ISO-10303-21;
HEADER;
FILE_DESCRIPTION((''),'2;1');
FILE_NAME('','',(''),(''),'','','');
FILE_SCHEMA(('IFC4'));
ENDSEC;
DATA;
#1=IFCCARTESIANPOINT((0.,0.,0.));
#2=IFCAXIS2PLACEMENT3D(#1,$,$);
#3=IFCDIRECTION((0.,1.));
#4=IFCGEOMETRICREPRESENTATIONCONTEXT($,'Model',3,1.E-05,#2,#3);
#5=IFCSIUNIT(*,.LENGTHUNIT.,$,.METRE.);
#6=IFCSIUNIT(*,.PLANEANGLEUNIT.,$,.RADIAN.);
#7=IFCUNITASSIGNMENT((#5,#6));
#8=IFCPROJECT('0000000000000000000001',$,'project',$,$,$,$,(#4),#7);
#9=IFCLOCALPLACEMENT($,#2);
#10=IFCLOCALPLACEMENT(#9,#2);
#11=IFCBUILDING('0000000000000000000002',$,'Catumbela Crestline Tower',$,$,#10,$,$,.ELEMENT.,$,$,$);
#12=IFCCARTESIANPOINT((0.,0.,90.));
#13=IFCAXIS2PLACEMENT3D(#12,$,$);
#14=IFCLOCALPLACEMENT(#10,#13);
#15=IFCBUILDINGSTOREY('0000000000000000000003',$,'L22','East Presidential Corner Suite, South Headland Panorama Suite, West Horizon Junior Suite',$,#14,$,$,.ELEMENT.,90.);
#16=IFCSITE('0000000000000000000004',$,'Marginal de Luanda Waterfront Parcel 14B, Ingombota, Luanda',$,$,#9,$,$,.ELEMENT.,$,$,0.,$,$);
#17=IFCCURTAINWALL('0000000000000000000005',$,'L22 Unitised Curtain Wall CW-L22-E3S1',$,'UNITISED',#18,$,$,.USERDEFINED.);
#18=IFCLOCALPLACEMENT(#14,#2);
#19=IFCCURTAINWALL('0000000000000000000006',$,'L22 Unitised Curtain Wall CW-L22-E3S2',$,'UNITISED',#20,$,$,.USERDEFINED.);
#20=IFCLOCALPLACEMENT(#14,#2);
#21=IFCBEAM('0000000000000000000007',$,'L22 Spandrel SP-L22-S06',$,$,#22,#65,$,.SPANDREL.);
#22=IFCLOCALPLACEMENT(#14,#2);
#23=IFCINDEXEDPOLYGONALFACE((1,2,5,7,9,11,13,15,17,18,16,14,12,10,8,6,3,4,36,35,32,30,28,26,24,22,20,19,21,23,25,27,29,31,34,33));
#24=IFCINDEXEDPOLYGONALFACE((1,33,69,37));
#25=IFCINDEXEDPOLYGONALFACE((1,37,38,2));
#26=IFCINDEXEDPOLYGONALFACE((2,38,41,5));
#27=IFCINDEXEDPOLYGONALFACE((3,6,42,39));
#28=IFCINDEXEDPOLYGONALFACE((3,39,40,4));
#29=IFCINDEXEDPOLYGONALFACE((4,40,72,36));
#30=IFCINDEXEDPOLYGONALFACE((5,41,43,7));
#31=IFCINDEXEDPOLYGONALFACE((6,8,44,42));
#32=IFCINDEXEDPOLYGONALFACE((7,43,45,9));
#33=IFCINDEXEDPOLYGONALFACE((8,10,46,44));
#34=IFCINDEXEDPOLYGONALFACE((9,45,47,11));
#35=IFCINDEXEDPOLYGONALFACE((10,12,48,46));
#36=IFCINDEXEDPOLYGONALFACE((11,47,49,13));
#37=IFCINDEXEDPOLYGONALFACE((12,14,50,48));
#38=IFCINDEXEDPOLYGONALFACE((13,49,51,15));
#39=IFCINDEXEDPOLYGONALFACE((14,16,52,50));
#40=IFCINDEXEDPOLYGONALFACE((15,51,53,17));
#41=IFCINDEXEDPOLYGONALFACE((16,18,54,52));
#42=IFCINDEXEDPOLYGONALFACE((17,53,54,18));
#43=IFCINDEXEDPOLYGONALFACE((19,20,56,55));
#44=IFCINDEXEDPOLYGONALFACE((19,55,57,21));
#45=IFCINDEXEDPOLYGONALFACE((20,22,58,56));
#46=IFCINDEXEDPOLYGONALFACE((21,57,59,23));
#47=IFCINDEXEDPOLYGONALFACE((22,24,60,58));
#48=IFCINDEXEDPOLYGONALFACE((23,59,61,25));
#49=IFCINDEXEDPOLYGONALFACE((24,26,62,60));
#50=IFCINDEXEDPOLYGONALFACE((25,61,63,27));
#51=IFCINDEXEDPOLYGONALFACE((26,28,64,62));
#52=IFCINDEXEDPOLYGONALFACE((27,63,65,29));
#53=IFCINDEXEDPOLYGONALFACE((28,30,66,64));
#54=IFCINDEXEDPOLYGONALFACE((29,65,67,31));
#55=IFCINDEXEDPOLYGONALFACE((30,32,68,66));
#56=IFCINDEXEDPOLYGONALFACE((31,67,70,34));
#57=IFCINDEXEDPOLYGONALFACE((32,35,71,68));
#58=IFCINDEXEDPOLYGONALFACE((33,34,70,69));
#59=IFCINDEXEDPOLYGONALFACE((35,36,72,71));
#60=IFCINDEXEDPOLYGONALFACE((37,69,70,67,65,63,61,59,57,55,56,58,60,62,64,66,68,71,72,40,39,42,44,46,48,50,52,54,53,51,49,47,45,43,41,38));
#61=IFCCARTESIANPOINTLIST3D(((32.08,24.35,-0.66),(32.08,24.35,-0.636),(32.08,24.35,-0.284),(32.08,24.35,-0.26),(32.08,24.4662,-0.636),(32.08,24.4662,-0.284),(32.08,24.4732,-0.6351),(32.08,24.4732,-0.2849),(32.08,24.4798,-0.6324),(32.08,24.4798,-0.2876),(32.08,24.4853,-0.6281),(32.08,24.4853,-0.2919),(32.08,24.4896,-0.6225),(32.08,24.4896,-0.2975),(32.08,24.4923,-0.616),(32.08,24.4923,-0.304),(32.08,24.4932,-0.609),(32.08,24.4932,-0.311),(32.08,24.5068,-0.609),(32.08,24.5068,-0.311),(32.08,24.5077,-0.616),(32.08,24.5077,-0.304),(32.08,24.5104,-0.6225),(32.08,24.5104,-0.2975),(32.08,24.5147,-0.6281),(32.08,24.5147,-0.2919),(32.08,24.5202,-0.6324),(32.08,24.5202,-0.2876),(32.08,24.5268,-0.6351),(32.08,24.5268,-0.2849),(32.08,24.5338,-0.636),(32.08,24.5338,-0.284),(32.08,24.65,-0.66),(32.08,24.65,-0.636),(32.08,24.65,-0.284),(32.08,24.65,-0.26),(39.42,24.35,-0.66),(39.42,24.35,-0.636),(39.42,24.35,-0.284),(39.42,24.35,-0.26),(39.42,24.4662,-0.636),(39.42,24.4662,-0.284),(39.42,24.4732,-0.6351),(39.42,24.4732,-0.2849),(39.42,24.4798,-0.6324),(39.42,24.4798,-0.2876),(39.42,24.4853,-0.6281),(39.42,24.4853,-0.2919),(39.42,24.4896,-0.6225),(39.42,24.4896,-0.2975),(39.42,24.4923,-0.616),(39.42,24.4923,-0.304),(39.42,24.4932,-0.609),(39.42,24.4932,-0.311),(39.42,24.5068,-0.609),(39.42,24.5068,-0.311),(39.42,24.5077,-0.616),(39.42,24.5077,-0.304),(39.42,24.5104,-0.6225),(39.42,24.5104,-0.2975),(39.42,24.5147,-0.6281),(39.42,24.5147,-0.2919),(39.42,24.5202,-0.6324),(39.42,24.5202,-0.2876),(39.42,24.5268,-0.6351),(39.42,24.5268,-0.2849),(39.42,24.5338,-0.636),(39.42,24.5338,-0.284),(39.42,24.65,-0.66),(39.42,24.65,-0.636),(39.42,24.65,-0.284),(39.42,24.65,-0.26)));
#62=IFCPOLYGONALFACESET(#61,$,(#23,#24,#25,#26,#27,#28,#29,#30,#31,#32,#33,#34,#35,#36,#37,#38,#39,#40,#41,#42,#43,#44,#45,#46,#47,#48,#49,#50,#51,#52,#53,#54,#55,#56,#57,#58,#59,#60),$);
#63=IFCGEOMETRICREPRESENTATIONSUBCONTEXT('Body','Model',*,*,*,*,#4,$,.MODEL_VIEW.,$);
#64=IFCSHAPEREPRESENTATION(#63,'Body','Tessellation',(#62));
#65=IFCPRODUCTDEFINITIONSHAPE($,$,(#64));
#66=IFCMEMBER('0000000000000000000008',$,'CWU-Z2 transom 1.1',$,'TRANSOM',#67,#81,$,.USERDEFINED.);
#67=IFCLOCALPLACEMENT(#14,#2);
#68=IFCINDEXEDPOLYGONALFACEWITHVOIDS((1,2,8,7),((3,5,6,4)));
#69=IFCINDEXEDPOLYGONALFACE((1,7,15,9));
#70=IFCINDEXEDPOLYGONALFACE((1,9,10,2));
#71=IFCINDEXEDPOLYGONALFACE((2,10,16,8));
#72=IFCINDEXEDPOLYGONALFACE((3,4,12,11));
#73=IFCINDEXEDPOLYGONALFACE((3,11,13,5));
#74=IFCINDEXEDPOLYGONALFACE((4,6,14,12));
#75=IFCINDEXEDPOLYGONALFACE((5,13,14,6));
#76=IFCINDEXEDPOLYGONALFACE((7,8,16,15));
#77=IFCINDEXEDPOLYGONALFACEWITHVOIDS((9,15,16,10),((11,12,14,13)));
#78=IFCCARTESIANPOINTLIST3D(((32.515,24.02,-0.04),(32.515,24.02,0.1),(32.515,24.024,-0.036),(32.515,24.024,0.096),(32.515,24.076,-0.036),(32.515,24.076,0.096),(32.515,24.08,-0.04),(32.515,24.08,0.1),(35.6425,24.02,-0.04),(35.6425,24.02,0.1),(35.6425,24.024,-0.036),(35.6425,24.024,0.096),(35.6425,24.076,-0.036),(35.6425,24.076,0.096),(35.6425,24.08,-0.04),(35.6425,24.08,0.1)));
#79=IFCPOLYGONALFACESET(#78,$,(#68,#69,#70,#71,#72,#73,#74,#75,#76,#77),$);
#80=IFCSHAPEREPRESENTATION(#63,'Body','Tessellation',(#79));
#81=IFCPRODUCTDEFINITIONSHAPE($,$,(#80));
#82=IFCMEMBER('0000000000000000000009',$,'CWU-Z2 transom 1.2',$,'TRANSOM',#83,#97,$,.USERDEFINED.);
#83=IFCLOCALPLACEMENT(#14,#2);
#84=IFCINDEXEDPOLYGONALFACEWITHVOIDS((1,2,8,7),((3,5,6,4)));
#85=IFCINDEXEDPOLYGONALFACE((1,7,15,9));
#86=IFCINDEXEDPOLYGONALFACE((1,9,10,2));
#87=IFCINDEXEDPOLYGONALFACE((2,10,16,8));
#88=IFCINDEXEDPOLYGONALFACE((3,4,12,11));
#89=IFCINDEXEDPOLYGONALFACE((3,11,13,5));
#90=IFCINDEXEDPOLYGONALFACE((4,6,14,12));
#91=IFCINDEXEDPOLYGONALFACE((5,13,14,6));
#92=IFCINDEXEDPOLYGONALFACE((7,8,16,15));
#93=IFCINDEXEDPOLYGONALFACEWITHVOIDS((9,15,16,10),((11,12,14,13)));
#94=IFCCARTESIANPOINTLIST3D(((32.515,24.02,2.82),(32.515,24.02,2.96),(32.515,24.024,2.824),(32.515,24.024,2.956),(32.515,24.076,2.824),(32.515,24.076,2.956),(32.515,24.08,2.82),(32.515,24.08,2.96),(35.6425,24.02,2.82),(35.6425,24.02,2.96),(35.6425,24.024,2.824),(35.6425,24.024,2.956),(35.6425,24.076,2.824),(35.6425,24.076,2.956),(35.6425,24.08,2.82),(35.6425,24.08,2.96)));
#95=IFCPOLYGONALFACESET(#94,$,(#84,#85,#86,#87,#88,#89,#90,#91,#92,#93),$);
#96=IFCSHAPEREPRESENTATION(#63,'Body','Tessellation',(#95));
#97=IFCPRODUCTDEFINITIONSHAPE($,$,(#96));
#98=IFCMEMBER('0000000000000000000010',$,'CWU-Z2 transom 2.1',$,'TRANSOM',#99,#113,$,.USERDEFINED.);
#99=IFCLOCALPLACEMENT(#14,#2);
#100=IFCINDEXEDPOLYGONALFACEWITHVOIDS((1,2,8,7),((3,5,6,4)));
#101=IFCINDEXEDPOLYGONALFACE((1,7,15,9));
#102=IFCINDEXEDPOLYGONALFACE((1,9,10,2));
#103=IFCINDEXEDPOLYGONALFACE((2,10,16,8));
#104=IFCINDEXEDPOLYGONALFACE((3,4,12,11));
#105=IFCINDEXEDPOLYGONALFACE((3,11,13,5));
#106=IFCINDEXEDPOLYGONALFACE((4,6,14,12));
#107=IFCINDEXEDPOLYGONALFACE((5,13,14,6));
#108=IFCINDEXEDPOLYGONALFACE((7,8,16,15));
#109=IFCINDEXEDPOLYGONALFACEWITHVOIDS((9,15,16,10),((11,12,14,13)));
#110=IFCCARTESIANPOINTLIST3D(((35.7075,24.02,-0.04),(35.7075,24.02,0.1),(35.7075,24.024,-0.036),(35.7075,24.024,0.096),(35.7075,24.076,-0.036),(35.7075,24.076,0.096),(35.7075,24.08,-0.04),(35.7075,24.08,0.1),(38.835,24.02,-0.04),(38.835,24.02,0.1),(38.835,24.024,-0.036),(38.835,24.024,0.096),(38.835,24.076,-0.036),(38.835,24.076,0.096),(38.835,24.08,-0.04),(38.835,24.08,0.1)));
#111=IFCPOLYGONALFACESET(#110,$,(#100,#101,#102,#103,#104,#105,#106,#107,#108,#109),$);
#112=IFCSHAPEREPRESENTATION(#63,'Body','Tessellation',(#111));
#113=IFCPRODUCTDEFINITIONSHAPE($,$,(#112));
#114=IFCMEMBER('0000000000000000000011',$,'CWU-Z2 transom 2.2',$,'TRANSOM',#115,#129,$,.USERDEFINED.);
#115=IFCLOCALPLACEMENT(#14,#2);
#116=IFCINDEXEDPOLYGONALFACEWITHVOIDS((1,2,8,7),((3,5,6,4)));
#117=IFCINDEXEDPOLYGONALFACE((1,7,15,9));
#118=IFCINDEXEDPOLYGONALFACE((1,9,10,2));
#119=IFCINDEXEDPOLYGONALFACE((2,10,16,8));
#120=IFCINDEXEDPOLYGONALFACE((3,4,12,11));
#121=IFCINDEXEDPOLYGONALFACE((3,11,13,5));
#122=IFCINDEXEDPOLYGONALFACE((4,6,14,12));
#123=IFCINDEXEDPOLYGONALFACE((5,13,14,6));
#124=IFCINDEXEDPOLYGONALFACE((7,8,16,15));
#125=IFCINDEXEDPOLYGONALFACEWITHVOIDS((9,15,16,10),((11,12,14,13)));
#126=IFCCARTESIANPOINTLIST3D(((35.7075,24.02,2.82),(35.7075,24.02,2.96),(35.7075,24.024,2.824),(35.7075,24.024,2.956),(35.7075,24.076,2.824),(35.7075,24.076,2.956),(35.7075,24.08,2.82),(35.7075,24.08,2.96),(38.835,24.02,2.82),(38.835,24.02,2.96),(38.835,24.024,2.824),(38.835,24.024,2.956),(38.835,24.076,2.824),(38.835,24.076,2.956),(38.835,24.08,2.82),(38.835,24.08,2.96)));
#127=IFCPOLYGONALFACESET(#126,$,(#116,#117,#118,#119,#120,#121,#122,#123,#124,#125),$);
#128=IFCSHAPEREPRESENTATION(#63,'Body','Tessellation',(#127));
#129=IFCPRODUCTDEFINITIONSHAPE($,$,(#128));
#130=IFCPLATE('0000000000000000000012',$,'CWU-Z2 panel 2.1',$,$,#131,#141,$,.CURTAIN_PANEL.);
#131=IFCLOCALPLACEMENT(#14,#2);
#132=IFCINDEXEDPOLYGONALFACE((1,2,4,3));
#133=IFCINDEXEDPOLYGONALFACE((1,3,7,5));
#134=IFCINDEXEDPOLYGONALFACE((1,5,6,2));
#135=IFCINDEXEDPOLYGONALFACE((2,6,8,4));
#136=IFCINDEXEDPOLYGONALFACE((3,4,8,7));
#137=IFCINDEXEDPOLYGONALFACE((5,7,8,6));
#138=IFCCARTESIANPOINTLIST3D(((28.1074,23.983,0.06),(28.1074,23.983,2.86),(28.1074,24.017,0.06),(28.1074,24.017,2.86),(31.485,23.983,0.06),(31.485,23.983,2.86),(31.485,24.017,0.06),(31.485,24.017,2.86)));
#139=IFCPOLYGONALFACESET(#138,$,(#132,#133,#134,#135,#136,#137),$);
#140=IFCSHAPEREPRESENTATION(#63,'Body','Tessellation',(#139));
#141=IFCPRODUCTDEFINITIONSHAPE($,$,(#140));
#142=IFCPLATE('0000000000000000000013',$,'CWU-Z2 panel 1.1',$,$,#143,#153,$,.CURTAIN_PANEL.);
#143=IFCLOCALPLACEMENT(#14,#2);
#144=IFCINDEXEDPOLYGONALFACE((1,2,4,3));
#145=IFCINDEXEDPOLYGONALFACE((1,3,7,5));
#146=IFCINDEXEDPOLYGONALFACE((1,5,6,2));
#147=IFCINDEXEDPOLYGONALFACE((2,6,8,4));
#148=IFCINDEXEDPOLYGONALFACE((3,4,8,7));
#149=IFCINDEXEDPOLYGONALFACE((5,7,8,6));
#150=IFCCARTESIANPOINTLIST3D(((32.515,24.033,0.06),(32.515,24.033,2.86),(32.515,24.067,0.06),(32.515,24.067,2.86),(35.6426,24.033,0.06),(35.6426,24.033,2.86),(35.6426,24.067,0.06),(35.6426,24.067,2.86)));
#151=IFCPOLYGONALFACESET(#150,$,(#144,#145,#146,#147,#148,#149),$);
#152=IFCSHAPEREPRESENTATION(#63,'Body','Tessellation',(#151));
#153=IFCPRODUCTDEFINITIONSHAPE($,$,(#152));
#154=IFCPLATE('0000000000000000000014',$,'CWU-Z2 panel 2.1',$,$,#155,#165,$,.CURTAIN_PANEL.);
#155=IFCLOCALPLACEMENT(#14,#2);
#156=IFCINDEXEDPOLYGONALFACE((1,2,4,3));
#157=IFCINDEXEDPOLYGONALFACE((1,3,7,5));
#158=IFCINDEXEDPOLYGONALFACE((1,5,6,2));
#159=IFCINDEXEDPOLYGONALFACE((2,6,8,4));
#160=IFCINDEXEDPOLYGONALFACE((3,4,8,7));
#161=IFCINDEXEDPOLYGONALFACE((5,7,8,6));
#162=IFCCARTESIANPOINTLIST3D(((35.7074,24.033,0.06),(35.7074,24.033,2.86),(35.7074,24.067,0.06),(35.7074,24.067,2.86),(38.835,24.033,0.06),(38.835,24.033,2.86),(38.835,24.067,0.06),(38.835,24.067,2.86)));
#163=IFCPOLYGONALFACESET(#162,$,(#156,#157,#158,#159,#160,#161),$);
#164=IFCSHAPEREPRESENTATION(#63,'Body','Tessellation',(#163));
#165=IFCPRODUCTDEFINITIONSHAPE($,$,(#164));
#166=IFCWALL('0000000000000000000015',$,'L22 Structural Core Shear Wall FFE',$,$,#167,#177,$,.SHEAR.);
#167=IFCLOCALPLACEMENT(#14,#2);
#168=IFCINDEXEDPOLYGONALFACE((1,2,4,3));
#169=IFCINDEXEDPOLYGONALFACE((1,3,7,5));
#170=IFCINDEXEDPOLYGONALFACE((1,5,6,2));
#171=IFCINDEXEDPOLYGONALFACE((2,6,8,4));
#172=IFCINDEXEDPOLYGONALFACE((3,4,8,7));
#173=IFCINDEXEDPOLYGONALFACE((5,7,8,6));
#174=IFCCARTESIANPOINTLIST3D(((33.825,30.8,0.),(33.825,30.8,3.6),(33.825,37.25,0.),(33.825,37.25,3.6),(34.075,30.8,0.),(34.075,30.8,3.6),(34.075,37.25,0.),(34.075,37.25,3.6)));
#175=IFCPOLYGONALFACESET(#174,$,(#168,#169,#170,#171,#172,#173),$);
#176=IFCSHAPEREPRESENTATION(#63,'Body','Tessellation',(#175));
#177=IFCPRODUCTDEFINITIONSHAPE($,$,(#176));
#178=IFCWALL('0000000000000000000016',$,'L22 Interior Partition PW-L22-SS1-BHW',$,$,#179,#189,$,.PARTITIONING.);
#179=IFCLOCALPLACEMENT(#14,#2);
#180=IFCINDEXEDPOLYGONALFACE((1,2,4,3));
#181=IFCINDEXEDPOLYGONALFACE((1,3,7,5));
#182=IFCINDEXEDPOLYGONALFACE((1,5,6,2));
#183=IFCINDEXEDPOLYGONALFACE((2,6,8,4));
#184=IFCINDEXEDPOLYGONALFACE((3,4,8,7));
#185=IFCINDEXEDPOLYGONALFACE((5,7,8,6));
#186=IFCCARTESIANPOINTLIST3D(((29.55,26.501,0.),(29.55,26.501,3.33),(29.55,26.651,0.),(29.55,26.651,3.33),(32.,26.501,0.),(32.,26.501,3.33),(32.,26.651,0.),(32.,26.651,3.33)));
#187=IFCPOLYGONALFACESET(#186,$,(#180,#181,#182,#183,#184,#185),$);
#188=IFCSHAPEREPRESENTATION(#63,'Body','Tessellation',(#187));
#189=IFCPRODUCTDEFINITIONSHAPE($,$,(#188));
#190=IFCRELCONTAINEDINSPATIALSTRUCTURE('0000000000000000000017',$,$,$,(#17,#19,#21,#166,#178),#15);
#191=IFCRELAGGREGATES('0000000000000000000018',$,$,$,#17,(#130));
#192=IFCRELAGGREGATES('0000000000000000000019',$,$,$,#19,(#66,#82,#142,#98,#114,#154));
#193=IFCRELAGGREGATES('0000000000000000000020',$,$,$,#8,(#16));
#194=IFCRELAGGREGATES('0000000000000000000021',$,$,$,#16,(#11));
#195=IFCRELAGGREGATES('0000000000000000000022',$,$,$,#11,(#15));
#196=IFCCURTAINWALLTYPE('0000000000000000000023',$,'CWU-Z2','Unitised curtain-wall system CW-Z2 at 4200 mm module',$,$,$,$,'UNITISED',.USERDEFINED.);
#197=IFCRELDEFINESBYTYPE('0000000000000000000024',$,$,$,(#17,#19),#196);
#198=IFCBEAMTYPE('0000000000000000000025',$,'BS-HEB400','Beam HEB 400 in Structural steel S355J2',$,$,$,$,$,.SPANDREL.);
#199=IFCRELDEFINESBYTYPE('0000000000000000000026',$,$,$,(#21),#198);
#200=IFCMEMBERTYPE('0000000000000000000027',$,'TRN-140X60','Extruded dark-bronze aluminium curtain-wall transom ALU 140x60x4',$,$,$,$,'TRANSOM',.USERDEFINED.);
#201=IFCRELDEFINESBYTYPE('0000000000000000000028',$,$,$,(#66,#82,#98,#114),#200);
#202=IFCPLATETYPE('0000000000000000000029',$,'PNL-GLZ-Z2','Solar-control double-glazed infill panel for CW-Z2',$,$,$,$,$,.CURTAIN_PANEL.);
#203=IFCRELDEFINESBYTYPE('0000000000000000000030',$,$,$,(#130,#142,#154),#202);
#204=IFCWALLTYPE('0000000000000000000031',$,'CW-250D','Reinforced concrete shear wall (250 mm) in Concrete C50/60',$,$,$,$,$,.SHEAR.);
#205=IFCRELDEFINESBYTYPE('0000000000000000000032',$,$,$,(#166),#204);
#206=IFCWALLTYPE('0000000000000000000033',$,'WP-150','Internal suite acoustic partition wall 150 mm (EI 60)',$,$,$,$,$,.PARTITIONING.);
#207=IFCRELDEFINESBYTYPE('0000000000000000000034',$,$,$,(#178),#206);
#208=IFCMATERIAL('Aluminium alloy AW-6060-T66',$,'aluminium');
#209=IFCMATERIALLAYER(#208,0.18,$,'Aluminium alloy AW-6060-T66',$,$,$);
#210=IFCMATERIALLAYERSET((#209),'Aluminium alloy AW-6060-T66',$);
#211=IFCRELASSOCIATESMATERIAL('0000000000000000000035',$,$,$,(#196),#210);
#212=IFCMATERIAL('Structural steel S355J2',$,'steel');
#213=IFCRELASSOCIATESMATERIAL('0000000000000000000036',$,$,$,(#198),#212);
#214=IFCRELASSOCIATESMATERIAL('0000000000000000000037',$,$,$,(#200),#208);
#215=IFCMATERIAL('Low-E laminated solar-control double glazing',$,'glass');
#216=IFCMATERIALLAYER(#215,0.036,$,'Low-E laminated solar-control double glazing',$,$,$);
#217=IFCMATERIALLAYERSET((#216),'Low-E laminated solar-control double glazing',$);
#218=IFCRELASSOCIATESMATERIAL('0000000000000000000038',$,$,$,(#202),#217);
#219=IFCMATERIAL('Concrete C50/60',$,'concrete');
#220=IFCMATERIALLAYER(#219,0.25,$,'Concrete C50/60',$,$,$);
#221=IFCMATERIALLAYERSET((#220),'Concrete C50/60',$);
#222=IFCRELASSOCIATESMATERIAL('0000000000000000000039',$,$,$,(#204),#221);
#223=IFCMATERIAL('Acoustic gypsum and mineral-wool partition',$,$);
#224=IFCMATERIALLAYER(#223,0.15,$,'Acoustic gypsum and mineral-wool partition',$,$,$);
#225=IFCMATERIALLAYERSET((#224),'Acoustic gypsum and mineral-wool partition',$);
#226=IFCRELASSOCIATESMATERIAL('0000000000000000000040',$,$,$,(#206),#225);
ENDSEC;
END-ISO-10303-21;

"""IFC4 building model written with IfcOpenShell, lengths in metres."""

from ifc_helpers import new_model, si_unit, direction, frame, frame_2d, origin, origin_2d, place, context, subcontext, project, spatial, rectangle, hollow_rectangle, i_section, extrude, material, layer, layer_set, material_profile, profile_set, type_object, element, aggregate, save


model = new_model("IFC4")

# Units and contexts
model_context = context("Model", 3, precision=1e-05, world=origin(), true_north=direction((0.0, 1.0)))
body_context = subcontext(model_context, "Body", "Model", "MODEL_VIEW")
ifc_project = project(units=[si_unit("LENGTHUNIT", "METRE"), si_unit("PLANEANGLEUNIT", "RADIAN")], contexts=[model_context])

# Site, building, storey
site_placement = place(None, origin())
site = spatial("IfcSite", under=ifc_project, at=site_placement, Name="Marginal de Luanda Waterfront Parcel 14B, Ingombota, Luanda", CompositionType="ELEMENT", RefElevation=0.0)
building_placement = place(site_placement, origin())
building = spatial("IfcBuilding", under=site, at=building_placement, Name="Catumbela Crestline Tower", CompositionType="ELEMENT")
storey_placement = place(building_placement, frame((0.0, 0.0, 90.0)))
storey = spatial("IfcBuildingStorey", under=building, at=storey_placement, Name="L22", Description="East Presidential Corner Suite, South Headland Panorama Suite, West Horizon Junior Suite", CompositionType="ELEMENT", Elevation=90.0)

# Shared definitions
ifc_material_1 = material(Name="Concrete C50/60", Category="concrete")

# Shared definitions
ifc_material_2 = material(Name="Structural steel S355J2", Category="steel")

# Curtain wall
ifc_material_3 = material(Name="Aluminium alloy AW-6060-T66", Category="aluminium")
ifc_layer_1 = layer(ifc_material_3, 0.18, Name="Aluminium alloy AW-6060-T66")
ifc_layer_set_1 = layer_set([ifc_layer_1], Name="Aluminium alloy AW-6060-T66")
curtain_wall_type = type_object("IfcCurtainWallType", Name="CWU-Z2", Description="Unitised curtain-wall system CW-Z2 at 4200 mm module", ElementType="UNITISED", PredefinedType="USERDEFINED", material=ifc_layer_set_1)
curtain_wall_1_placement = place(storey_placement, origin())
curtain_wall_1 = element("IfcCurtainWall", 1, at=curtain_wall_1_placement, inside=storey, type_object=curtain_wall_type, Name="L22 Unitised Curtain Wall CW-L22-E3S1", ObjectType="UNITISED", PredefinedType="USERDEFINED")

# Curtain wall
curtain_wall_2_placement = place(storey_placement, origin())
curtain_wall_2 = element("IfcCurtainWall", 2, at=curtain_wall_2_placement, inside=storey, type_object=curtain_wall_type, Name="L22 Unitised Curtain Wall CW-L22-E3S2", ObjectType="UNITISED", PredefinedType="USERDEFINED")

# Beam
ifc_material_profile_1 = material_profile(ifc_material_2, i_section(OverallWidth=0.3, OverallDepth=0.4, WebThickness=0.0135, FlangeThickness=0.024, FilletRadius=0.027, at=origin_2d()), Name="HEB 400")
ifc_profile_set_1 = profile_set([ifc_material_profile_1], Name="Structural steel S355J2")
beam_type_1 = type_object("IfcBeamType", Name="BS-HEB400", Description="Beam HEB 400 in Structural steel S355J2", PredefinedType="SPANDREL", material=ifc_profile_set_1)
beam_placement = place(storey_placement, frame((32.08, 24.5, -0.46), z_axis=(1.0, 0.0, 0.0), x_axis=(0.0, 1.0, 0.0)))
element("IfcBeam", 3, at=beam_placement, inside=storey, type_object=beam_type_1, Name="L22 Spandrel SP-L22-S06", PredefinedType="SPANDREL", context=body_context, shape_type="SweptSolid", body=[
    extrude(i_section(OverallWidth=0.3, OverallDepth=0.4, WebThickness=0.0135, FlangeThickness=0.024, FilletRadius=0.027, at=origin_2d()), origin(), (0.0, 0.0, 1.0), 7.34),
])

# Members
ifc_material_profile_2 = material_profile(ifc_material_3, hollow_rectangle(XDim=0.06, YDim=0.14, WallThickness=0.004, at=origin_2d()), Name="ALU 140x60x4")
ifc_profile_set_2 = profile_set([ifc_material_profile_2], Name="Aluminium alloy AW-6060-T66")
member_type_1 = type_object("IfcMemberType", Name="TRN-140X60", Description="Extruded dark-bronze aluminium curtain-wall transom ALU 140x60x4", ElementType="TRANSOM", PredefinedType="USERDEFINED", material=ifc_profile_set_2)
member_1_placement = place(storey_placement, frame((32.515, 24.05, 0.03), z_axis=(1.0, 0.0, 0.0), x_axis=(0.0, 1.0, 0.0)))
member_1 = element("IfcMember", 4, at=member_1_placement, type_object=member_type_1, Name="CWU-Z2 transom 1.1", ObjectType="TRANSOM", PredefinedType="USERDEFINED", context=body_context, shape_type="SweptSolid", body=[
    extrude(hollow_rectangle(XDim=0.06, YDim=0.14, WallThickness=0.004, at=origin_2d()), origin(), (0.0, 0.0, 1.0), 3.1275),
])
member_2_placement = place(storey_placement, frame((32.515, 24.05, 2.89), z_axis=(1.0, 0.0, 0.0), x_axis=(0.0, 1.0, 0.0)))
member_2 = element("IfcMember", 5, at=member_2_placement, type_object=member_type_1, Name="CWU-Z2 transom 1.2", ObjectType="TRANSOM", PredefinedType="USERDEFINED", context=body_context, shape_type="SweptSolid", body=[
    extrude(hollow_rectangle(XDim=0.06, YDim=0.14, WallThickness=0.004, at=origin_2d()), origin(), (0.0, 0.0, 1.0), 3.1275),
])
member_3_placement = place(storey_placement, frame((35.7075, 24.05, 0.03), z_axis=(1.0, 0.0, 0.0), x_axis=(0.0, 1.0, 0.0)))
member_3 = element("IfcMember", 6, at=member_3_placement, type_object=member_type_1, Name="CWU-Z2 transom 2.1", ObjectType="TRANSOM", PredefinedType="USERDEFINED", context=body_context, shape_type="SweptSolid", body=[
    extrude(hollow_rectangle(XDim=0.06, YDim=0.14, WallThickness=0.004, at=origin_2d()), origin(), (0.0, 0.0, 1.0), 3.1275),
])
member_4_placement = place(storey_placement, frame((35.7075, 24.05, 2.89), z_axis=(1.0, 0.0, 0.0), x_axis=(0.0, 1.0, 0.0)))
member_4 = element("IfcMember", 7, at=member_4_placement, type_object=member_type_1, Name="CWU-Z2 transom 2.2", ObjectType="TRANSOM", PredefinedType="USERDEFINED", context=body_context, shape_type="SweptSolid", body=[
    extrude(hollow_rectangle(XDim=0.06, YDim=0.14, WallThickness=0.004, at=origin_2d()), origin(), (0.0, 0.0, 1.0), 3.1275),
])

# Plates
ifc_material_4 = material(Name="Low-E laminated solar-control double glazing", Category="glass")
ifc_layer_2 = layer(ifc_material_4, 0.036, Name="Low-E laminated solar-control double glazing")
ifc_layer_set_2 = layer_set([ifc_layer_2], Name="Low-E laminated solar-control double glazing")
plate_type = type_object("IfcPlateType", Name="PNL-GLZ-Z2", Description="Solar-control double-glazed infill panel for CW-Z2", PredefinedType="CURTAIN_PANEL", material=ifc_layer_set_2)
plate_1_placement = place(storey_placement, frame((29.7962, 24.0, 0.06), z_axis=(0.0, 0.0, 1.0), x_axis=(1.0, 0.0, 0.0)))
plate_1 = element("IfcPlate", 8, at=plate_1_placement, type_object=plate_type, Name="CWU-Z2 panel 2.1", PredefinedType="CURTAIN_PANEL", context=body_context, shape_type="SweptSolid", body=[
    extrude(rectangle(XDim=3.3775, YDim=0.034, at=origin_2d()), origin(), (0.0, 0.0, 1.0), 2.8),
])
aggregate(curtain_wall_1, [plate_1])
plate_2_placement = place(storey_placement, frame((34.0788, 24.05, 0.06), z_axis=(0.0, 0.0, 1.0), x_axis=(1.0, 0.0, 0.0)))
plate_2 = element("IfcPlate", 9, at=plate_2_placement, type_object=plate_type, Name="CWU-Z2 panel 1.1", PredefinedType="CURTAIN_PANEL", context=body_context, shape_type="SweptSolid", body=[
    extrude(rectangle(XDim=3.1275, YDim=0.034, at=origin_2d()), origin(), (0.0, 0.0, 1.0), 2.8),
])
plate_3_placement = place(storey_placement, frame((37.2712, 24.05, 0.06), z_axis=(0.0, 0.0, 1.0), x_axis=(1.0, 0.0, 0.0)))
plate_3 = element("IfcPlate", 10, at=plate_3_placement, type_object=plate_type, Name="CWU-Z2 panel 2.1", PredefinedType="CURTAIN_PANEL", context=body_context, shape_type="SweptSolid", body=[
    extrude(rectangle(XDim=3.1275, YDim=0.034, at=origin_2d()), origin(), (0.0, 0.0, 1.0), 2.8),
])
aggregate(curtain_wall_2, [member_1, member_2, plate_2, member_3, member_4, plate_3])

# Walls
ifc_layer_3 = layer(ifc_material_1, 0.25, Name="Concrete C50/60")
ifc_layer_set_3 = layer_set([ifc_layer_3], Name="Concrete C50/60")
wall_type_1 = type_object("IfcWallType", Name="CW-250D", Description="Reinforced concrete shear wall (250 mm) in Concrete C50/60", PredefinedType="SHEAR", material=ifc_layer_set_3)
wall_1_placement = place(storey_placement, frame((33.95, 30.8, 0.0), z_axis=(0.0, 0.0, 1.0), x_axis=(0.0, 1.0, 0.0)))
element("IfcWall", 11, at=wall_1_placement, inside=storey, type_object=wall_type_1, Name="L22 Structural Core Shear Wall FFE", PredefinedType="SHEAR", context=body_context, shape_type="SweptSolid", body=[
    extrude(rectangle(XDim=6.45, YDim=0.25, at=frame_2d((3.225, 0.0))), origin(), (0.0, 0.0, 1.0), 3.6),
])
ifc_material_5 = material(Name="Acoustic gypsum and mineral-wool partition")
ifc_layer_4 = layer(ifc_material_5, 0.15, Name="Acoustic gypsum and mineral-wool partition")
ifc_layer_set_4 = layer_set([ifc_layer_4], Name="Acoustic gypsum and mineral-wool partition")
wall_type_2 = type_object("IfcWallType", Name="WP-150", Description="Internal suite acoustic partition wall 150 mm (EI 60)", PredefinedType="PARTITIONING", material=ifc_layer_set_4)
wall_2_placement = place(storey_placement, frame((29.55, 26.576, 0.0), z_axis=(0.0, 0.0, 1.0), x_axis=(1.0, 0.0, 0.0)))
element("IfcWall", 12, at=wall_2_placement, inside=storey, type_object=wall_type_2, Name="L22 Interior Partition PW-L22-SS1-BHW", PredefinedType="PARTITIONING", context=body_context, shape_type="SweptSolid", body=[
    extrude(rectangle(XDim=2.45, YDim=0.15, at=frame_2d((1.225, 0.0))), origin(), (0.0, 0.0, 1.0), 3.33),
])

save(model, "model.ifc")
